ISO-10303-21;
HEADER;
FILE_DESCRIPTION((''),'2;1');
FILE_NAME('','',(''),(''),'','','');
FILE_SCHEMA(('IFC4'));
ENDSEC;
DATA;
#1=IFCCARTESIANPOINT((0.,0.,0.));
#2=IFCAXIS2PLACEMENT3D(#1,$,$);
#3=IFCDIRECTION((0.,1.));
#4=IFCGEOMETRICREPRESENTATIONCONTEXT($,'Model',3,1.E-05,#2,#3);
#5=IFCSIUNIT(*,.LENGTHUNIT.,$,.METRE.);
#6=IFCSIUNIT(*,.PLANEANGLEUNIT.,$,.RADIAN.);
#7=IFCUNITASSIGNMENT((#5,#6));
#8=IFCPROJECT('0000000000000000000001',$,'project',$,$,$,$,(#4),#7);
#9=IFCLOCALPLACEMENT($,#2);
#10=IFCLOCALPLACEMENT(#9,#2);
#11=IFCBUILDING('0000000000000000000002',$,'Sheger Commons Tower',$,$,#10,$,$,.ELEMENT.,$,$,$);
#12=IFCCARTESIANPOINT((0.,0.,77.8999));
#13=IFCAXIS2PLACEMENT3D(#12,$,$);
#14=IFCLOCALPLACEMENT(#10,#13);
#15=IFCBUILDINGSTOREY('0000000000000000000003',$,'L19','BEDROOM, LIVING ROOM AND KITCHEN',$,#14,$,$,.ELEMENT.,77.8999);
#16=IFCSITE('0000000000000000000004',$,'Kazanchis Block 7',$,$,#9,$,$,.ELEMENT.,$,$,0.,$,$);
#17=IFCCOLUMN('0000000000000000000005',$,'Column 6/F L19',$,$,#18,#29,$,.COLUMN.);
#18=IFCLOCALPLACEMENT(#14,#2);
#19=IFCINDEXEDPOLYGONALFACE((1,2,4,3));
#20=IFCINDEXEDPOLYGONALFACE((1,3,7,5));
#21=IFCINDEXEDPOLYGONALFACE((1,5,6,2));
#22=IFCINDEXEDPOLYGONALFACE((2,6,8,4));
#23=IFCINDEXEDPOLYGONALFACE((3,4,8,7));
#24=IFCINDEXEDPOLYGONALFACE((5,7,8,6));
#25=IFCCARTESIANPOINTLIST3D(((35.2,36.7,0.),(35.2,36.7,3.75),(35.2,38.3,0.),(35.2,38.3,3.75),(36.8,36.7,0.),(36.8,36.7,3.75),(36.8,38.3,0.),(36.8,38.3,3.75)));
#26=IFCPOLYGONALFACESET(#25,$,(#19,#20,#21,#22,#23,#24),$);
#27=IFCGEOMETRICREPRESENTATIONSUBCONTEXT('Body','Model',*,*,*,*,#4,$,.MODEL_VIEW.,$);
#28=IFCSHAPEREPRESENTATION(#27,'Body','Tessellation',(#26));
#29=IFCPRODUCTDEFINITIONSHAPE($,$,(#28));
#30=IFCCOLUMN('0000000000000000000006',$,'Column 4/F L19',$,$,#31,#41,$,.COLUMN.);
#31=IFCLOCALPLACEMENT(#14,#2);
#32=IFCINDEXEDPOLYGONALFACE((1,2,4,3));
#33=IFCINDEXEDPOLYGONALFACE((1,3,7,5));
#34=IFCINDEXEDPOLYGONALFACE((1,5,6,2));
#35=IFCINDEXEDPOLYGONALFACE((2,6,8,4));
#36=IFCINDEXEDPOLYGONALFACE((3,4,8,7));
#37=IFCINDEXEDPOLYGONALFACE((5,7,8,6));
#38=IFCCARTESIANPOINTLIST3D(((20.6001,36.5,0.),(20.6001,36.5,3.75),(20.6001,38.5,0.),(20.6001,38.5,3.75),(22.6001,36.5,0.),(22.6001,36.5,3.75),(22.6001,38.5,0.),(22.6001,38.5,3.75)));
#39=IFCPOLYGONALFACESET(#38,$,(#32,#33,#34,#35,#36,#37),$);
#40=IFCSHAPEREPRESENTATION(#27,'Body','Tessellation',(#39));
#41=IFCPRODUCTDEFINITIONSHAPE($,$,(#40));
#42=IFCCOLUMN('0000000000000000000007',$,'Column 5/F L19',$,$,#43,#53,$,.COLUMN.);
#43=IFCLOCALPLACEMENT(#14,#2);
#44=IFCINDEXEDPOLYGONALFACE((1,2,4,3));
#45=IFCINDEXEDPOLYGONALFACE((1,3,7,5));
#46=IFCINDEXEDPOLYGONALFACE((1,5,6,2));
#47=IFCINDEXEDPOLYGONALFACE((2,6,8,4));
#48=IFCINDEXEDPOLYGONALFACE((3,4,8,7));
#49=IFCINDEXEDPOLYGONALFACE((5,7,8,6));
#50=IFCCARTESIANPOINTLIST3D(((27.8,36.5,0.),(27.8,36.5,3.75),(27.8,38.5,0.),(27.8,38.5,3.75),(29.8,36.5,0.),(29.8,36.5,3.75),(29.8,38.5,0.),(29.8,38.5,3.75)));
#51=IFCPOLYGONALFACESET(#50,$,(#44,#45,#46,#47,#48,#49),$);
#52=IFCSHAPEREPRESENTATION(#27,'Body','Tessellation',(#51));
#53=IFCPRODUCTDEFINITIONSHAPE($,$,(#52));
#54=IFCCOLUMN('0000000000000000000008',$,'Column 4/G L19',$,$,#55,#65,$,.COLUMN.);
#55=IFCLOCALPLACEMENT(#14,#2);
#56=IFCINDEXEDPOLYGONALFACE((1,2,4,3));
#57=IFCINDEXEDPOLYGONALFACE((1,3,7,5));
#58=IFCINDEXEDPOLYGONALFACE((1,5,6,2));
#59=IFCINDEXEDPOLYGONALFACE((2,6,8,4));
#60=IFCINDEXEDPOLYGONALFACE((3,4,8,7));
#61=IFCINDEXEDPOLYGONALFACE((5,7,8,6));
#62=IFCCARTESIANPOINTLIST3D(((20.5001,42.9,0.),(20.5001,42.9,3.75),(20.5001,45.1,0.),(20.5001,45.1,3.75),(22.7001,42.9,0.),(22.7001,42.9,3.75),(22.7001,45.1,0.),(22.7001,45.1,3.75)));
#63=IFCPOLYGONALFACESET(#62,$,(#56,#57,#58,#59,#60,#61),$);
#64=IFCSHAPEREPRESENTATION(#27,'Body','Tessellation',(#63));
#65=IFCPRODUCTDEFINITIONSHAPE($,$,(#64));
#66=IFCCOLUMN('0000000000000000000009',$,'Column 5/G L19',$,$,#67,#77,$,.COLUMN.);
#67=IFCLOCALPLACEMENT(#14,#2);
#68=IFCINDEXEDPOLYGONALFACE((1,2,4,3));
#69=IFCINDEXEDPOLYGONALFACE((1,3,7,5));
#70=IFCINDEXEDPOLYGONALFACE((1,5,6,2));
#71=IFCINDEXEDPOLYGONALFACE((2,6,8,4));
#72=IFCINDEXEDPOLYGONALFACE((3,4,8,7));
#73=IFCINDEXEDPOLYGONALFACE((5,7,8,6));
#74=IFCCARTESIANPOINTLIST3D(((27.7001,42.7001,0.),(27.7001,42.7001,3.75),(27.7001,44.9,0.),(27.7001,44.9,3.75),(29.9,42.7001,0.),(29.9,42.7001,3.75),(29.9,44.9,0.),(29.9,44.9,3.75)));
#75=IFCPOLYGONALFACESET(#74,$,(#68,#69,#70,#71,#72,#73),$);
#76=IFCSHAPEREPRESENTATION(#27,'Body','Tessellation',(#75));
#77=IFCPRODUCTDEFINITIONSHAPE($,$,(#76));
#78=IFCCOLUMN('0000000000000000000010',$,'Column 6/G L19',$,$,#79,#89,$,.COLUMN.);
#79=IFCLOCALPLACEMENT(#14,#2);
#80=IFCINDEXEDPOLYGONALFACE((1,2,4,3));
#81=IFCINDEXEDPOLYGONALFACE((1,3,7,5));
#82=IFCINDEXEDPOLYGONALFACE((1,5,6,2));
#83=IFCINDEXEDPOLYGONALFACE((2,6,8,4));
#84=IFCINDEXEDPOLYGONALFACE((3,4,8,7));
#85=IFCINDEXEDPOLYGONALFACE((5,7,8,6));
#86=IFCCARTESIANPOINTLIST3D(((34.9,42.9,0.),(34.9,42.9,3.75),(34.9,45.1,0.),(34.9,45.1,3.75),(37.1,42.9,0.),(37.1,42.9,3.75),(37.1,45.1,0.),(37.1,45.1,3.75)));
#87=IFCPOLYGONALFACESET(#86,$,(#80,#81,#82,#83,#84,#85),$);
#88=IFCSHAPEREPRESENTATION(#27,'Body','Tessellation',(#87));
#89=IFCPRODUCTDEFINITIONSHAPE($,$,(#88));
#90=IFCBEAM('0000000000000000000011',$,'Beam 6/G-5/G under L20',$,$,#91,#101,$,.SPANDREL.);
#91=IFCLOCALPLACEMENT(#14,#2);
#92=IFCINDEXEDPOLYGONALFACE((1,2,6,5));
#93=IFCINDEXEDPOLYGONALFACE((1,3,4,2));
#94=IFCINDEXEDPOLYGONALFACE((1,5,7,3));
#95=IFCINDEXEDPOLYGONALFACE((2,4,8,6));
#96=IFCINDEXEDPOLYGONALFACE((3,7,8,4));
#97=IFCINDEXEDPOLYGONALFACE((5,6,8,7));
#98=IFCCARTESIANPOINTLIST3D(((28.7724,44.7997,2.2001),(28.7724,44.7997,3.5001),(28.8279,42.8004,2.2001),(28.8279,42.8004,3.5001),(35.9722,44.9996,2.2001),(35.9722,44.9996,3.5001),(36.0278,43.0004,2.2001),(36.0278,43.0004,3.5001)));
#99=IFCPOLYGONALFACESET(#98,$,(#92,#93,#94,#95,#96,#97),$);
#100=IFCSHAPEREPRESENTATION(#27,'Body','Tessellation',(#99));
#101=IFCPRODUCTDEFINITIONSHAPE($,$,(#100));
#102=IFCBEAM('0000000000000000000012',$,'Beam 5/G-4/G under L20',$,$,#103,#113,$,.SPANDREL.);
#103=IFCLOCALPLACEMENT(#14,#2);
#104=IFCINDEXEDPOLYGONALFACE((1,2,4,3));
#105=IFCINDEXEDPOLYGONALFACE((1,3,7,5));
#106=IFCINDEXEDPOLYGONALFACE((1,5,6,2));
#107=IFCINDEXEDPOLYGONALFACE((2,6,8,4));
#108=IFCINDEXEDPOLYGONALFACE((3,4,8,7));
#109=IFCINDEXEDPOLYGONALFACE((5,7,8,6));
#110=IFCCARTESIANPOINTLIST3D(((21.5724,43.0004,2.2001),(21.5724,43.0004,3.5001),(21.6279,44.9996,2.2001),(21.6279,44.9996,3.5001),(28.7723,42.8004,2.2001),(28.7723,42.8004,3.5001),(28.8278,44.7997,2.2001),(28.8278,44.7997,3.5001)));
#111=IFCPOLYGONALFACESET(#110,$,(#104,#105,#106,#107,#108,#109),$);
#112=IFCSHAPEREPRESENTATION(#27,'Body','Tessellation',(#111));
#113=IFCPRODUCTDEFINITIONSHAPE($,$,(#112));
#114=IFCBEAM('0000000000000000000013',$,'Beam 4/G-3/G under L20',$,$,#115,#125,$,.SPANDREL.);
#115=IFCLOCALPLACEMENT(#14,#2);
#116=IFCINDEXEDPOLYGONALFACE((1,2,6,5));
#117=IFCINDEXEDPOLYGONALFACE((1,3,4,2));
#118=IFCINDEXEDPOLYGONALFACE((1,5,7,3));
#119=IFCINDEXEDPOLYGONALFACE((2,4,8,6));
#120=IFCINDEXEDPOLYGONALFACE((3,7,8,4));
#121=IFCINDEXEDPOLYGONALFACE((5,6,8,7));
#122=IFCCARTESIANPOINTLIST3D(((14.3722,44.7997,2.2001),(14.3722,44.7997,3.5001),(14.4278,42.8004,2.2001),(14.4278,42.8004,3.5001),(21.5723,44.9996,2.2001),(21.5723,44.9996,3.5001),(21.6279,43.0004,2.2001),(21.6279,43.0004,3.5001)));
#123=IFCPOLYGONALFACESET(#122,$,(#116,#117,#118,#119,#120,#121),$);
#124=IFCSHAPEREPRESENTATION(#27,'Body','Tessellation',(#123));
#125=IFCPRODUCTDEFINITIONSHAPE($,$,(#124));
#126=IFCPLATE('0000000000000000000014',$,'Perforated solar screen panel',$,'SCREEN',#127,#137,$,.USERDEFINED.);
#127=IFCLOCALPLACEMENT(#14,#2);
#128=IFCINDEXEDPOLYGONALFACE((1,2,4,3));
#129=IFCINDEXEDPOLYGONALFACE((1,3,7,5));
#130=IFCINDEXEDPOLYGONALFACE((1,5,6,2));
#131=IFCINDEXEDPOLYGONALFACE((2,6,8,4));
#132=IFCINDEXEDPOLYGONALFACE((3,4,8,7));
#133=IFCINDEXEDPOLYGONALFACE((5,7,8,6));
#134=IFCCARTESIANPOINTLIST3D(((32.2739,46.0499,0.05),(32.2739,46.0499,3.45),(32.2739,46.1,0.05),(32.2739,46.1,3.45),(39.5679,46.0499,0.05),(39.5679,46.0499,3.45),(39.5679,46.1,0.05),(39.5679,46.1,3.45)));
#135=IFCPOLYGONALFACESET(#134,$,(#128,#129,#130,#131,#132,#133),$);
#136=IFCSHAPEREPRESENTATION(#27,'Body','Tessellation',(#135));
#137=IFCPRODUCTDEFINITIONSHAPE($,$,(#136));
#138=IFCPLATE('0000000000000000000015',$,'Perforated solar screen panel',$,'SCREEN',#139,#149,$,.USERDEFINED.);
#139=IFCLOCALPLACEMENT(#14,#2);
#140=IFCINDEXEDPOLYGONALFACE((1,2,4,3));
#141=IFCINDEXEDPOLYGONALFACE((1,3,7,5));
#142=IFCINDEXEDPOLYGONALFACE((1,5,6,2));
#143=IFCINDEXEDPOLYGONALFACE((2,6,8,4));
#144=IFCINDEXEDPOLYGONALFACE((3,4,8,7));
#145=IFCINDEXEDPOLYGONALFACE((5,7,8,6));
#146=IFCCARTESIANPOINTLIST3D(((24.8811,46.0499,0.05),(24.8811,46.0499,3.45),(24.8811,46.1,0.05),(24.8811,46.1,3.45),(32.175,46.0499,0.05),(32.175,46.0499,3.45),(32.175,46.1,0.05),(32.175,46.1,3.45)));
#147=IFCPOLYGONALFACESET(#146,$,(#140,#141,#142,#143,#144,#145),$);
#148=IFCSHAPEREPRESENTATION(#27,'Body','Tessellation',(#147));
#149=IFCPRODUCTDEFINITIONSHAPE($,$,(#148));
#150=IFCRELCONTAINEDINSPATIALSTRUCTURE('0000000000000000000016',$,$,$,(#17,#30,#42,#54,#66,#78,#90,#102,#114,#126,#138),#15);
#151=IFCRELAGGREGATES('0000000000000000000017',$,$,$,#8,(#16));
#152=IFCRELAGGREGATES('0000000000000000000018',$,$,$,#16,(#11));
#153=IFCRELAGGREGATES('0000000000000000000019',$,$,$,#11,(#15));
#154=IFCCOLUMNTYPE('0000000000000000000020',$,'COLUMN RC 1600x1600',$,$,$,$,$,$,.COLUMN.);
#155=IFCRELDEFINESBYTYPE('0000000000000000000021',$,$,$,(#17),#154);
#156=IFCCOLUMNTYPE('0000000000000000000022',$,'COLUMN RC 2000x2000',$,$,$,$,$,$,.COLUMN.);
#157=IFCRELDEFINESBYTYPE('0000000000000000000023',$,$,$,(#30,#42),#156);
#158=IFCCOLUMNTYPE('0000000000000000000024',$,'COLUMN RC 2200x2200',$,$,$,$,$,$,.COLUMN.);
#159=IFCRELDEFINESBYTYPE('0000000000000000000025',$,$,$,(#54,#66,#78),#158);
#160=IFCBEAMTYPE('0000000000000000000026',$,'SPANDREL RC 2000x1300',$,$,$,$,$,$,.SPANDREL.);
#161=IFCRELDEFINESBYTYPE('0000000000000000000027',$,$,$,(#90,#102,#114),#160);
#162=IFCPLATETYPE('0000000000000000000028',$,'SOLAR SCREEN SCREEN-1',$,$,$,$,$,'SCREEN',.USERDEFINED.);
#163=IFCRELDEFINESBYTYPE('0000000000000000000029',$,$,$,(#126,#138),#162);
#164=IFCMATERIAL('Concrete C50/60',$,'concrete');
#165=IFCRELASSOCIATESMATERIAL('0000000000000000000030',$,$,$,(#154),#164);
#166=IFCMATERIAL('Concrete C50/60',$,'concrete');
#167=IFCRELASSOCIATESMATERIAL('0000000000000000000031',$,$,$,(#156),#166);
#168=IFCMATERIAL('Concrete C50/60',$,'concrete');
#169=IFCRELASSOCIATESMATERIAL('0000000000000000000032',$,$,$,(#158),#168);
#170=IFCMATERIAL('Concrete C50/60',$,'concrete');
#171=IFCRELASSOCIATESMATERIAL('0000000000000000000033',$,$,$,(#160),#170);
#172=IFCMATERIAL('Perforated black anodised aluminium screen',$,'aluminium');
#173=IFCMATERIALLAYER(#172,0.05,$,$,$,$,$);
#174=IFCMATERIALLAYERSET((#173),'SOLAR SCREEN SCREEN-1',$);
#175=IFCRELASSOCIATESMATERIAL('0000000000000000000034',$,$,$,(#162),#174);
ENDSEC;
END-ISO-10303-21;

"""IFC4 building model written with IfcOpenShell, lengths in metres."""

from ifc_helpers import new_model, si_unit, direction, frame, origin, origin_2d, place, context, subcontext, project, spatial, rectangle, extrude, material, layer, layer_set, material_profile, profile_set, type_object, element, save


model = new_model("IFC4")

# Units and contexts
model_context = context("Model", 3, precision=1e-05, world=origin(), true_north=direction((0.0, 1.0)))
body_context = subcontext(model_context, "Body", "Model", "MODEL_VIEW")
ifc_project = project(units=[si_unit("LENGTHUNIT", "METRE"), si_unit("PLANEANGLEUNIT", "RADIAN")], contexts=[model_context])

# Site, building, storey
site_placement = place(None, origin())
site = spatial("IfcSite", under=ifc_project, at=site_placement, Name="Kazanchis Block 7", CompositionType="ELEMENT", RefElevation=0.0)
building_placement = place(site_placement, origin())
building = spatial("IfcBuilding", under=site, at=building_placement, Name="Sheger Commons Tower", CompositionType="ELEMENT")
storey_placement = place(building_placement, frame((0.0, 0.0, 77.8999)))
storey = spatial("IfcBuildingStorey", under=building, at=storey_placement, Name="L19", Description="BEDROOM, LIVING ROOM AND KITCHEN", CompositionType="ELEMENT", Elevation=77.8999)

# Columns
ifc_material_1 = material(Name="Concrete C50/60", Category="concrete")
ifc_material_profile_1 = material_profile(ifc_material_1, rectangle(XDim=1.6001, YDim=1.6001, at=origin_2d()), Name="RC 1600x1600")
ifc_profile_set_1 = profile_set([ifc_material_profile_1], Name="Concrete C50/60")
column_type_1 = type_object("IfcColumnType", Name="COLUMN RC 1600x1600", PredefinedType="COLUMN", material=ifc_profile_set_1)
column_placement = place(storey_placement, frame((36.0, 37.5, 0.0), z_axis=(0.0, 0.0, 1.0), x_axis=(1.0, 0.0, 0.0)))
element("IfcColumn", 1, at=column_placement, inside=storey, type_object=column_type_1, Name="Column 6/F L19", PredefinedType="COLUMN", context=body_context, shape_type="SweptSolid", body=[
    extrude(rectangle(XDim=1.6001, YDim=1.6001, at=origin_2d()), origin(), (0.0, 0.0, 1.0), 3.75),
])
ifc_material_2 = material(Name="Concrete C50/60", Category="concrete")
ifc_material_profile_2 = material_profile(ifc_material_2, rectangle(XDim=2.0, YDim=2.0, at=origin_2d()), Name="RC 2000x2000")
ifc_profile_set_2 = profile_set([ifc_material_profile_2], Name="Concrete C50/60")
column_type_2 = type_object("IfcColumnType", Name="COLUMN RC 2000x2000", PredefinedType="COLUMN", material=ifc_profile_set_2)
for number, where, z_axis, x_axis, name in (
    (2, (21.6001, 37.5, 0.0), (0.0, 0.0, 1.0), (1.0, 0.0, 0.0), "Column 4/F L19"),
    (3, (28.8, 37.5, 0.0), (0.0, 0.0, 1.0), (1.0, 0.0, 0.0), "Column 5/F L19"),
):
    element("IfcColumn", number, at=place(storey_placement, frame(where, z_axis=z_axis, x_axis=x_axis)), inside=storey, type_object=column_type_2, Name=name, PredefinedType="COLUMN", context=body_context, shape_type="SweptSolid", body=[
        extrude(rectangle(XDim=2.0, YDim=2.0, at=origin_2d()), origin(), (0.0, 0.0, 1.0), 3.75),
    ])
ifc_material_3 = material(Name="Concrete C50/60", Category="concrete")
ifc_material_profile_3 = material_profile(ifc_material_3, rectangle(XDim=2.2, YDim=2.2, at=origin_2d()), Name="RC 2200x2200")
ifc_profile_set_3 = profile_set([ifc_material_profile_3], Name="Concrete C50/60")
column_type_3 = type_object("IfcColumnType", Name="COLUMN RC 2200x2200", PredefinedType="COLUMN", material=ifc_profile_set_3)
for number, where, z_axis, x_axis, name in (
    (4, (21.6001, 44.0, 0.0), (0.0, 0.0, 1.0), (1.0, 0.0, 0.0), "Column 4/G L19"),
    (5, (28.8, 43.8, 0.0), (0.0, 0.0, 1.0), (1.0, 0.0, 0.0), "Column 5/G L19"),
    (6, (36.0, 44.0, 0.0), (0.0, 0.0, 1.0), (1.0, 0.0, 0.0), "Column 6/G L19"),
):
    element("IfcColumn", number, at=place(storey_placement, frame(where, z_axis=z_axis, x_axis=x_axis)), inside=storey, type_object=column_type_3, Name=name, PredefinedType="COLUMN", context=body_context, shape_type="SweptSolid", body=[
        extrude(rectangle(XDim=2.2, YDim=2.2, at=origin_2d()), origin(), (0.0, 0.0, 1.0), 3.75),
    ])

# Beams
ifc_material_4 = material(Name="Concrete C50/60", Category="concrete")
ifc_material_profile_4 = material_profile(ifc_material_4, rectangle(XDim=2.0, YDim=1.3, at=origin_2d()), Name="RC 2000x1300")
ifc_profile_set_4 = profile_set([ifc_material_profile_4], Name="Concrete C50/60")
beam_type = type_object("IfcBeamType", Name="SPANDREL RC 2000x1300", PredefinedType="SPANDREL", material=ifc_profile_set_4)
for number, where, z_axis, x_axis, name in (
    (7, (36.0, 44.0, 2.8501), (-0.999615, -0.02776, 0.0), (0.02776, -0.999615, 0.0), "Beam 6/G-5/G under L20"),
    (8, (28.8, 43.8, 2.8501), (-0.999615, 0.02776, 0.0), (-0.02776, -0.999615, 0.0), "Beam 5/G-4/G under L20"),
):
    element("IfcBeam", number, at=place(storey_placement, frame(where, z_axis=z_axis, x_axis=x_axis)), inside=storey, type_object=beam_type, Name=name, PredefinedType="SPANDREL", context=body_context, shape_type="SweptSolid", body=[
        extrude(rectangle(XDim=2.0, YDim=1.3, at=origin_2d()), origin(), (0.0, 0.0, 1.0), 7.2026),
    ])
beam_placement = place(storey_placement, frame((21.6001, 44.0, 2.8501), z_axis=(-0.999615, -0.02776, 0.0), x_axis=(0.02776, -0.999615, 0.0)))
element("IfcBeam", 9, at=beam_placement, inside=storey, type_object=beam_type, Name="Beam 4/G-3/G under L20", PredefinedType="SPANDREL", context=body_context, shape_type="SweptSolid", body=[
    extrude(rectangle(XDim=2.0, YDim=1.3, at=origin_2d()), origin(), (0.0, 0.0, 1.0), 7.2029),
])

# Plates
ifc_material_5 = material(Name="Perforated black anodised aluminium screen", Category="aluminium")
ifc_layer_1 = layer(ifc_material_5, 0.05)
ifc_layer_set_1 = layer_set([ifc_layer_1], Name="SOLAR SCREEN SCREEN-1")
plate_type = type_object("IfcPlateType", Name="SOLAR SCREEN SCREEN-1", ElementType="SCREEN", PredefinedType="USERDEFINED", material=ifc_layer_set_1)
for number, where, z_axis, x_axis, name in (
    (10, (35.9209, 46.075, 0.05), (0.0, 0.0, 1.0), (-1.0, 0.0, 0.0), "Perforated solar screen panel"),
    (11, (28.5281, 46.075, 0.05), (0.0, 0.0, 1.0), (-1.0, 0.0, 0.0), "Perforated solar screen panel"),
):
    element("IfcPlate", number, at=place(storey_placement, frame(where, z_axis=z_axis, x_axis=x_axis)), inside=storey, type_object=plate_type, Name=name, ObjectType="SCREEN", PredefinedType="USERDEFINED", context=body_context, shape_type="SweptSolid", body=[
        extrude(rectangle(XDim=7.2939, YDim=0.05, at=origin_2d()), origin(), (0.0, 0.0, 1.0), 3.3999),
    ])

save(model, "model.ifc")
